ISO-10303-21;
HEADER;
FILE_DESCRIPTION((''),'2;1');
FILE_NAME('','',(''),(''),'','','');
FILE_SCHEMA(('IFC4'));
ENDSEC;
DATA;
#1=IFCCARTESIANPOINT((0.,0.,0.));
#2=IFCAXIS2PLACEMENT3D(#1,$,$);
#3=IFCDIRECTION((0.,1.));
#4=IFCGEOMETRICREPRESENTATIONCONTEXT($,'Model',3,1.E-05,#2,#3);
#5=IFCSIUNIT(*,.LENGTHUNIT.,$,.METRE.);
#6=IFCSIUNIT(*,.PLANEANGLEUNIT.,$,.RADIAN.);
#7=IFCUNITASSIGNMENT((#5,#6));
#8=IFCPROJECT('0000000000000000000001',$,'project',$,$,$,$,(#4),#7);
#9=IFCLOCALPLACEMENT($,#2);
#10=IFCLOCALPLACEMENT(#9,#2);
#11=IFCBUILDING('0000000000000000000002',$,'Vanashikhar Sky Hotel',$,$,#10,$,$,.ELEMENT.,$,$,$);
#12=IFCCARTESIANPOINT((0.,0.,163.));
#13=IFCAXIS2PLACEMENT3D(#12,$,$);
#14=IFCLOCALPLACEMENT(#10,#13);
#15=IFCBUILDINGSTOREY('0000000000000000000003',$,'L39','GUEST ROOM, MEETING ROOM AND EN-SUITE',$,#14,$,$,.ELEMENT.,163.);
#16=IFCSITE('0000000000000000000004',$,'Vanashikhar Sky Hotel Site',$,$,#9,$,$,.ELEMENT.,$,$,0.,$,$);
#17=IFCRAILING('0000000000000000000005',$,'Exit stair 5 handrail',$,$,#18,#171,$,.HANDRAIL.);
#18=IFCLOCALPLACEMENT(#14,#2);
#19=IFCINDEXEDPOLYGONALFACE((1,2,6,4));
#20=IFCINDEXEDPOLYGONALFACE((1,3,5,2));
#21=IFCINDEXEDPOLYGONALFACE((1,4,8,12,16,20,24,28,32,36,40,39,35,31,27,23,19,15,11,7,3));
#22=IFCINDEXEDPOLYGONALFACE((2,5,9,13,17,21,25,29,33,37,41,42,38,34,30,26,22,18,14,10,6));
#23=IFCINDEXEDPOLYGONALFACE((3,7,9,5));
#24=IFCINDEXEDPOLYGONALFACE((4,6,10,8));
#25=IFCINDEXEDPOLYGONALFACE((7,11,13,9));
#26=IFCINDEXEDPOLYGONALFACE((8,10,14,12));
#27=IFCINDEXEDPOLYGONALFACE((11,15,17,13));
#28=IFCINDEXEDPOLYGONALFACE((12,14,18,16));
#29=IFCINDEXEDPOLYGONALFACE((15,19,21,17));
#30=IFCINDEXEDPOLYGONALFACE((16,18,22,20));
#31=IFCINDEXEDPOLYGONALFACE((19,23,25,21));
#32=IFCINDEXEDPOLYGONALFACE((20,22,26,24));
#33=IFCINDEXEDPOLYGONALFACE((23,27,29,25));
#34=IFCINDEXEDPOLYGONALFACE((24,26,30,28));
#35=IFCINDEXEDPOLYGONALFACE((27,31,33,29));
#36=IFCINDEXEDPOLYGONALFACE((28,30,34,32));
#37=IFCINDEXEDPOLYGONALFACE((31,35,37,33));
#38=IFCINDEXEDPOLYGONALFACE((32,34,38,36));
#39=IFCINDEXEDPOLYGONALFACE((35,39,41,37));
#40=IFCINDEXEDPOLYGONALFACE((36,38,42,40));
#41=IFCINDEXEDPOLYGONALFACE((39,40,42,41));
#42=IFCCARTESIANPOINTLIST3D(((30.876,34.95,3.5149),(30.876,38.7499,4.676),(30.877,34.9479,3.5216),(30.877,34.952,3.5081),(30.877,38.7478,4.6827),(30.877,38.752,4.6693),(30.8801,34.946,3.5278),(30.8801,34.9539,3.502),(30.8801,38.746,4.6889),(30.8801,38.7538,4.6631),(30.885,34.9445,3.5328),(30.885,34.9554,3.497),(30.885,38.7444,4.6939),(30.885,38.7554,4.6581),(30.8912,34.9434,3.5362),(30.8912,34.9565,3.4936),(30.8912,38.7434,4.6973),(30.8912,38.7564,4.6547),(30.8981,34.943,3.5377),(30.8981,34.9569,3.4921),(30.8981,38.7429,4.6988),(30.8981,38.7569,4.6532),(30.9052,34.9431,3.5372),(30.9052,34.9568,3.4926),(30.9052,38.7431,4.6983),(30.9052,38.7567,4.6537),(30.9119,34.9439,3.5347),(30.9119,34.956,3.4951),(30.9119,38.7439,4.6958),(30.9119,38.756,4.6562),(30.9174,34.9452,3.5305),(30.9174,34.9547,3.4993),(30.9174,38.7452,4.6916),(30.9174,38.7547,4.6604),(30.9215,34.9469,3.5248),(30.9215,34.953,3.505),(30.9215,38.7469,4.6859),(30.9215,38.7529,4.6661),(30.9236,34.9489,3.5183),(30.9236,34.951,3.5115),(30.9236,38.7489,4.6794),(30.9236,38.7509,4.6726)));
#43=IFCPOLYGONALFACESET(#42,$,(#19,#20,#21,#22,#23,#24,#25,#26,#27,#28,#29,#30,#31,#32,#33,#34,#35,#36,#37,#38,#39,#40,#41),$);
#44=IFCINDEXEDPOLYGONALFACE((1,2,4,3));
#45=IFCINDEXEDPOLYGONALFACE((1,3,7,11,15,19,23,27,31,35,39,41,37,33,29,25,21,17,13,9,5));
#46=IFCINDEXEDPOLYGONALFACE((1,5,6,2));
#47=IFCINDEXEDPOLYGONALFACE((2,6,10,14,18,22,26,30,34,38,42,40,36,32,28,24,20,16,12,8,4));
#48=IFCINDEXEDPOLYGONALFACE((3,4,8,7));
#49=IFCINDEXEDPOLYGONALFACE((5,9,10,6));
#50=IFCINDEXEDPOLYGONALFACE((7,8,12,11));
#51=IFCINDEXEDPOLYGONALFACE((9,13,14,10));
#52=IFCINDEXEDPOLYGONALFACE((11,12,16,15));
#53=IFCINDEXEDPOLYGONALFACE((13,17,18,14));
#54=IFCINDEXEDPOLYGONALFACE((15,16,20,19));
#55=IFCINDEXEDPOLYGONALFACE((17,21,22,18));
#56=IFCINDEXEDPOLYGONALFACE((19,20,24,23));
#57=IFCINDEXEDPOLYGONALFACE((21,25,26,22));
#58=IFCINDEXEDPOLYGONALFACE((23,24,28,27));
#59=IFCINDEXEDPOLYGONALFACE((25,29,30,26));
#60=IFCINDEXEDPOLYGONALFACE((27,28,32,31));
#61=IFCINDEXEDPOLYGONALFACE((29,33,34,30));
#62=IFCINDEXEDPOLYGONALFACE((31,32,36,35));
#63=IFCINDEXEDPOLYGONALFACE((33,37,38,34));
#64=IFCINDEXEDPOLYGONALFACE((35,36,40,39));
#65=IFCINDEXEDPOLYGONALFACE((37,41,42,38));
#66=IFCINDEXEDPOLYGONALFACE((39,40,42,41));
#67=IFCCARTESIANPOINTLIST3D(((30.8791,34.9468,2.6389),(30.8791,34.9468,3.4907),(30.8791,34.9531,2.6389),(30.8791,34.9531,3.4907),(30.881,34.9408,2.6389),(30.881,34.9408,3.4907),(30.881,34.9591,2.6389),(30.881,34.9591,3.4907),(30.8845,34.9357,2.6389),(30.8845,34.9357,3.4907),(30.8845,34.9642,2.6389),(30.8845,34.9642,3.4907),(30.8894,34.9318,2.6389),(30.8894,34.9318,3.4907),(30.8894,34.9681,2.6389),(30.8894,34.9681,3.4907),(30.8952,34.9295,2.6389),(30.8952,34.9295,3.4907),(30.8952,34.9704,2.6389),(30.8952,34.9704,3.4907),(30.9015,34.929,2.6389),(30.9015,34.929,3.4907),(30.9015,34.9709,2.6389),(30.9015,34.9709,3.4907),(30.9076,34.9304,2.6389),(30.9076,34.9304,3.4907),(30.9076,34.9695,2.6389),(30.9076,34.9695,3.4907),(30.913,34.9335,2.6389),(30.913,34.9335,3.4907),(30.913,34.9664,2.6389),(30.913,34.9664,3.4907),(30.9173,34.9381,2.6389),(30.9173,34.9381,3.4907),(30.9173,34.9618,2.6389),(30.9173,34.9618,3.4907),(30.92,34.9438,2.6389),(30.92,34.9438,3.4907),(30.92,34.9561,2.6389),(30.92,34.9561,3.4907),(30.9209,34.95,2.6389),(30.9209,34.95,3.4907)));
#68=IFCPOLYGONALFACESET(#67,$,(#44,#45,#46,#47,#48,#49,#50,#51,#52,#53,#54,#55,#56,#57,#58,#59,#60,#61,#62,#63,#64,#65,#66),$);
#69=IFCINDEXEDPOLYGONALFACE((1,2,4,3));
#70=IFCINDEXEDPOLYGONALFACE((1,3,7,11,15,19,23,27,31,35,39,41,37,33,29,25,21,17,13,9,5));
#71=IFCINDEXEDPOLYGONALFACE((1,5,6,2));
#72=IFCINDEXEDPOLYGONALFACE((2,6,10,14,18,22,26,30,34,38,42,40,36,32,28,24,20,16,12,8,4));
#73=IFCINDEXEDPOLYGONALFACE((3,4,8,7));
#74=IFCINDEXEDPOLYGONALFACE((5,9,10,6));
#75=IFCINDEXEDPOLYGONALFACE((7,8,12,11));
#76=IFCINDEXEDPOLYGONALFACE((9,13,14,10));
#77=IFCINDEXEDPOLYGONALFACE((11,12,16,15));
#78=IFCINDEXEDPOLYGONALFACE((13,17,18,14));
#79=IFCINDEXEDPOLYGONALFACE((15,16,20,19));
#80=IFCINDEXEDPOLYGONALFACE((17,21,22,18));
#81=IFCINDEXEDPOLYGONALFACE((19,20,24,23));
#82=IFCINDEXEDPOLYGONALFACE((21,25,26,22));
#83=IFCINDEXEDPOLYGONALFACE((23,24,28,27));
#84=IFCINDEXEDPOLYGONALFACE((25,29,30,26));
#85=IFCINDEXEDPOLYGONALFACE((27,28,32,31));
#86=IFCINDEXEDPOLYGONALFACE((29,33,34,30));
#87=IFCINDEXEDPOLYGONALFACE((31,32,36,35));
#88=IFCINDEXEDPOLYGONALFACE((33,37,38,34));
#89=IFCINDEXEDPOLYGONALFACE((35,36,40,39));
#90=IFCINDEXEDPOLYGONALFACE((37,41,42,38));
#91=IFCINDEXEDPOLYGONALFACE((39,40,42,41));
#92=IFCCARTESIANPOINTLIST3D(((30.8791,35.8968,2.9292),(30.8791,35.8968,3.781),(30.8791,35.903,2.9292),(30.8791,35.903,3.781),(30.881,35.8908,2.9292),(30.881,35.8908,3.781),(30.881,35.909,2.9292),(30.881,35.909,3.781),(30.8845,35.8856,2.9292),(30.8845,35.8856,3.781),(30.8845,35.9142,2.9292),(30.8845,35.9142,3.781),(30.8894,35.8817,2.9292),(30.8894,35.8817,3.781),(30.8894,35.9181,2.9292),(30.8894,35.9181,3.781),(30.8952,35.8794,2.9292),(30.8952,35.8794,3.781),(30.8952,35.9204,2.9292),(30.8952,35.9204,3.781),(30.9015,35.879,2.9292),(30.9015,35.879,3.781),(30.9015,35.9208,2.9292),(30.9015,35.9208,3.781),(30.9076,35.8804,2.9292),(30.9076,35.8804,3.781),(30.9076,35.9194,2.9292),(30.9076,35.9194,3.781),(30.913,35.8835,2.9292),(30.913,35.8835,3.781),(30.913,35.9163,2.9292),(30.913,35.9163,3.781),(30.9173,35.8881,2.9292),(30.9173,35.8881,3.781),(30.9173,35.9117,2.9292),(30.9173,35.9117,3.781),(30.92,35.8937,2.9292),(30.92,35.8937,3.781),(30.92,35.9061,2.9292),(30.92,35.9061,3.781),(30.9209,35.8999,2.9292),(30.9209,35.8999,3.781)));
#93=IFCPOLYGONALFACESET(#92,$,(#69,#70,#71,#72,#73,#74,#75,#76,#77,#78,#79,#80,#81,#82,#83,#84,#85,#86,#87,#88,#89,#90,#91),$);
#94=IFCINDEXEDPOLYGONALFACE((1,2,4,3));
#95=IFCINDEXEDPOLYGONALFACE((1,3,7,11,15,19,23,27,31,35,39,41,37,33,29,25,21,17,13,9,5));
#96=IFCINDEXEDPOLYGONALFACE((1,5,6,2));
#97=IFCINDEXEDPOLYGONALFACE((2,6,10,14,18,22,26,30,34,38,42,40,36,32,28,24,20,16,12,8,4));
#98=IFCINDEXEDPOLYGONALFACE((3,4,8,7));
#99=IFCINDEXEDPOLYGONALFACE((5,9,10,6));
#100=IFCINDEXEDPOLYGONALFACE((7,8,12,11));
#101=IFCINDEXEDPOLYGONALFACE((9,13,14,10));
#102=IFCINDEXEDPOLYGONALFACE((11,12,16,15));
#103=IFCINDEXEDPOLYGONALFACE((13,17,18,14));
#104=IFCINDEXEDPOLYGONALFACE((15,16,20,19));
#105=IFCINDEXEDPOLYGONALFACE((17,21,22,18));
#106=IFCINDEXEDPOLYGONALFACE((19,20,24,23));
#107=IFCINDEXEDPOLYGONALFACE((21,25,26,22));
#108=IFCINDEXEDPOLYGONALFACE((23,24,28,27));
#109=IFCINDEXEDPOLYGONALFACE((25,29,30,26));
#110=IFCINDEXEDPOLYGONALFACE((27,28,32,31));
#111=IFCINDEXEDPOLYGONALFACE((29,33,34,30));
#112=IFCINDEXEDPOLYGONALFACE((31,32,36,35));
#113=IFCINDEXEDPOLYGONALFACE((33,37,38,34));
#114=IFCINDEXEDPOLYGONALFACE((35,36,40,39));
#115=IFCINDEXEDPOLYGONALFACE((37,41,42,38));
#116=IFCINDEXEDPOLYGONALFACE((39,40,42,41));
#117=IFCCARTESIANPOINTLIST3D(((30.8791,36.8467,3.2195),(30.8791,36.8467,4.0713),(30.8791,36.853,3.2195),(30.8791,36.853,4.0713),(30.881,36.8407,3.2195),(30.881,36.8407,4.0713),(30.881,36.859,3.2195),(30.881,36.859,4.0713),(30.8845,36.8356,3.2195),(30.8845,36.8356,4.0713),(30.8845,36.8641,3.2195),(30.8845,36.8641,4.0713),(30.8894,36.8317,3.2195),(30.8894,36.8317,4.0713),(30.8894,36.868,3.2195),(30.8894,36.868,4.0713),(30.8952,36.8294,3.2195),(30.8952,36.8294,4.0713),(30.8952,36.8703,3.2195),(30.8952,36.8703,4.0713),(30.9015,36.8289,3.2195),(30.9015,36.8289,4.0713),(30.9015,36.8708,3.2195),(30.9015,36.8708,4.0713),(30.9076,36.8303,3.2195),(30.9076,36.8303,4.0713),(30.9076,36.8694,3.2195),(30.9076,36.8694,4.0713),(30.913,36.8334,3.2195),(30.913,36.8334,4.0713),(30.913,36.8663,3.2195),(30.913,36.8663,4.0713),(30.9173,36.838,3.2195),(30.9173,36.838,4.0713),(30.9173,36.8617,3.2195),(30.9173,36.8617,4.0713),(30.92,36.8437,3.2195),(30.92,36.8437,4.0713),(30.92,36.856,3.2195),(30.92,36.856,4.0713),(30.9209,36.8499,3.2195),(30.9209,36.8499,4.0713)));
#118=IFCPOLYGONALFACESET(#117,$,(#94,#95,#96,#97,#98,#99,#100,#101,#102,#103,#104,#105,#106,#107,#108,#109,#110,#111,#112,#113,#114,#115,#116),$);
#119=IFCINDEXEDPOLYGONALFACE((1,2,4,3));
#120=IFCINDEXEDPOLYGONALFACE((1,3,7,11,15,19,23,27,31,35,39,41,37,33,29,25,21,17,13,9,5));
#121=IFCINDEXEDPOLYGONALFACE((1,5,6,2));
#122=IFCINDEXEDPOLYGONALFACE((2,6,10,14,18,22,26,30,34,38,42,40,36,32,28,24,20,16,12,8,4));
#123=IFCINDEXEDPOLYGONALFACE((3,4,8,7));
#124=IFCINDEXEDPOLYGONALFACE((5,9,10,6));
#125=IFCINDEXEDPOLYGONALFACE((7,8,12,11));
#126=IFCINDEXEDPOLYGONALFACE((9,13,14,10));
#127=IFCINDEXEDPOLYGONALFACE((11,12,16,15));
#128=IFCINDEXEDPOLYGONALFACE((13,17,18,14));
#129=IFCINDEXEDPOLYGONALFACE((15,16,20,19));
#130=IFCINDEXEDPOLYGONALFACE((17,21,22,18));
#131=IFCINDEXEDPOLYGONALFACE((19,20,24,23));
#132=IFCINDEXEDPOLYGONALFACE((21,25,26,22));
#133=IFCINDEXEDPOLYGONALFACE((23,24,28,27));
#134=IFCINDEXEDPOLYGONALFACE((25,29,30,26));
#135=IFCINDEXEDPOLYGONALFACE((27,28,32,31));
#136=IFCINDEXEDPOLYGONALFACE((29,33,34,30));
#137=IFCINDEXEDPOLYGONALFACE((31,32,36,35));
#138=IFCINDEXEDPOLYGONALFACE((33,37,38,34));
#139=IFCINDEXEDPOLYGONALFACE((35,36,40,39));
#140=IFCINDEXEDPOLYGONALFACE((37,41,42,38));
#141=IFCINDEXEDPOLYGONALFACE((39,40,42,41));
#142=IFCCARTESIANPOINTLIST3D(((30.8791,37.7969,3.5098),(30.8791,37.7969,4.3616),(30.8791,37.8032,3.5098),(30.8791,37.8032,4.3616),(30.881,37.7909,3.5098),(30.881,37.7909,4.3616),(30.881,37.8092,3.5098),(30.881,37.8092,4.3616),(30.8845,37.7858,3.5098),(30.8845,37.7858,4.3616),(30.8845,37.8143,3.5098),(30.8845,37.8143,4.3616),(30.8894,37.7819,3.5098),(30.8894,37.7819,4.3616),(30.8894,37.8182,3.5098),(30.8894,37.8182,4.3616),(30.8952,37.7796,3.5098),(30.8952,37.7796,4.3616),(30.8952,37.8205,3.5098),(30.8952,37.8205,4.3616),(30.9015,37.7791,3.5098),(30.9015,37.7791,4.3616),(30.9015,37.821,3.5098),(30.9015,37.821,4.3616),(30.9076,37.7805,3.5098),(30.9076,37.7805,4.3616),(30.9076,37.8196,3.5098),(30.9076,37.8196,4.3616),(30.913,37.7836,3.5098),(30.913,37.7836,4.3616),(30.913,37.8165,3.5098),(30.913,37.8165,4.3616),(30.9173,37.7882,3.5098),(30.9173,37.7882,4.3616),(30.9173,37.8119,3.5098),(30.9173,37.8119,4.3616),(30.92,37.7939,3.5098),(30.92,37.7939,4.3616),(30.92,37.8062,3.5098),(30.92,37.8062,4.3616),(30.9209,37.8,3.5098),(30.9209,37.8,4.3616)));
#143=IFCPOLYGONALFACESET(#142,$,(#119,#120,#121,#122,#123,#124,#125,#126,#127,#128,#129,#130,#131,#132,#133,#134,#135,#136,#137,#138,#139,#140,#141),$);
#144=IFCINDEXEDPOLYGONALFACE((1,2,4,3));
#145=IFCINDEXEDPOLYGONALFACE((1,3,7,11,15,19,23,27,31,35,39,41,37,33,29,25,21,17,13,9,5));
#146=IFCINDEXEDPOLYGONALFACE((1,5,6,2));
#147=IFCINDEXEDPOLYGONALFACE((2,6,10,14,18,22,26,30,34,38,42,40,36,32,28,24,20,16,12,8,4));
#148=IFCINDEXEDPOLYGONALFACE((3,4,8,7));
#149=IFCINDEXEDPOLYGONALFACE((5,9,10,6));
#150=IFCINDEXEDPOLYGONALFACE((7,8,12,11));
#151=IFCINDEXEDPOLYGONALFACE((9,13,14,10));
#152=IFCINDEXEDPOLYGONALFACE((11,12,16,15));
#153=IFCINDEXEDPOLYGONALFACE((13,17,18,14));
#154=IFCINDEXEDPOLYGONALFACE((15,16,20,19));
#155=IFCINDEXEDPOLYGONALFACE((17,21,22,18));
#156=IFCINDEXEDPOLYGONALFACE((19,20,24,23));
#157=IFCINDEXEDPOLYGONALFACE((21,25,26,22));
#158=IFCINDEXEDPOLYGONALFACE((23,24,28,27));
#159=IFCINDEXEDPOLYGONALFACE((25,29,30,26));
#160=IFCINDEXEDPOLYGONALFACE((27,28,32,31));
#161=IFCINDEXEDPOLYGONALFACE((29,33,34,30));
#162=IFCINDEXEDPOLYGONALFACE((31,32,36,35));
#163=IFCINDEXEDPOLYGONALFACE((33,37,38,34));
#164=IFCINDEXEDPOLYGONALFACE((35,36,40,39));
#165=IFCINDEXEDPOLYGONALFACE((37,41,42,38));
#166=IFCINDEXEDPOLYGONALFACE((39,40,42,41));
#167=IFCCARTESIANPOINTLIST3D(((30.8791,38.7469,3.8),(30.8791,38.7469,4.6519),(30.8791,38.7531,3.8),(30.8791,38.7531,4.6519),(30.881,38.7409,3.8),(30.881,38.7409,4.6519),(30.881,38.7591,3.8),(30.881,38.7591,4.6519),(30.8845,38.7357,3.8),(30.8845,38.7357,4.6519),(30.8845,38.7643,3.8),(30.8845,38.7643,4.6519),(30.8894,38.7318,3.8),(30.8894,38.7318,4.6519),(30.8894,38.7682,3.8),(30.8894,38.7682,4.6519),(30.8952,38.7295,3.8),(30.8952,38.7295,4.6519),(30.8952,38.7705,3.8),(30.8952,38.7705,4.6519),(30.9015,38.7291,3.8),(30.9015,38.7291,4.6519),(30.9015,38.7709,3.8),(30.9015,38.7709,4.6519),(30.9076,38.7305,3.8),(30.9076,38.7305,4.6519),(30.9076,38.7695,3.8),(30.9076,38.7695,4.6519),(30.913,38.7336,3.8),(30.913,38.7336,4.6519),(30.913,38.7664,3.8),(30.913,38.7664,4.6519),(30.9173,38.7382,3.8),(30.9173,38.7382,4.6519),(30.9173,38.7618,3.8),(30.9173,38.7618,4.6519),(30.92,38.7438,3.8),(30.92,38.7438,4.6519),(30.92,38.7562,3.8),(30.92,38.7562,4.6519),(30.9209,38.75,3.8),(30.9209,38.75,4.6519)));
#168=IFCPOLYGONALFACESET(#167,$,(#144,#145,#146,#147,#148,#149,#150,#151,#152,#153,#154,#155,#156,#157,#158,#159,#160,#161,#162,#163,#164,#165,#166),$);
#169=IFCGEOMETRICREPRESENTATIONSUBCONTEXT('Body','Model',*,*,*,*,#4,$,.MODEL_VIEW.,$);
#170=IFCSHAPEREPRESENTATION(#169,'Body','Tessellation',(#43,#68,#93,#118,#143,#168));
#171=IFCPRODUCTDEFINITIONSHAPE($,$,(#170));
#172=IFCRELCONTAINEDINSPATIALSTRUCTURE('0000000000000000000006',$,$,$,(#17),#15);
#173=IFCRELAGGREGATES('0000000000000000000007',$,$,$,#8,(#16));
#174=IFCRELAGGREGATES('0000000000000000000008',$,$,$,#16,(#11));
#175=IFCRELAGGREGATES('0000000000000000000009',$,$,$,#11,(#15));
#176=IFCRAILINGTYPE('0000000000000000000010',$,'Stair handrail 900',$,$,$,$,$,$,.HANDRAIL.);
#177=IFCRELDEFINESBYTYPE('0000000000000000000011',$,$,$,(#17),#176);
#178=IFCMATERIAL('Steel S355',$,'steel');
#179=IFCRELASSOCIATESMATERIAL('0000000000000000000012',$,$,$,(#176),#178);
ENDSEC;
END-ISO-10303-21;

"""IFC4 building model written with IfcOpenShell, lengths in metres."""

from ifc_helpers import new_model, si_unit, direction, frame, origin, origin_2d, place, context, subcontext, project, spatial, circle, extrude, source, transform, mapped, material, type_object, element, save


model = new_model("IFC4")

# Units and contexts
model_context = context("Model", 3, precision=1e-05, world=origin(), true_north=direction((0.0, 1.0)))
body_context = subcontext(model_context, "Body", "Model", "MODEL_VIEW")
ifc_project = project(units=[si_unit("LENGTHUNIT", "METRE"), si_unit("PLANEANGLEUNIT", "RADIAN")], contexts=[model_context])

# Site, building, storey
site_placement = place(None, origin())
site = spatial("IfcSite", under=ifc_project, at=site_placement, Name="Vanashikhar Sky Hotel Site", CompositionType="ELEMENT", RefElevation=0.0)
building_placement = place(site_placement, origin())
building = spatial("IfcBuilding", under=site, at=building_placement, Name="Vanashikhar Sky Hotel", CompositionType="ELEMENT")
storey_placement = place(building_placement, frame((0.0, 0.0, 163.0)))
storey = spatial("IfcBuildingStorey", under=building, at=storey_placement, Name="L39", Description="GUEST ROOM, MEETING ROOM AND EN-SUITE", CompositionType="ELEMENT", Elevation=163.0)

# Railing
ifc_material_1 = material(Name="Steel S355", Category="steel")
railing_type = type_object("IfcRailingType", Name="Stair handrail 900", PredefinedType="HANDRAIL", material=ifc_material_1)
shared_shape_1 = source(origin(), body_context, "Body", "SweptSolid", [
    extrude(circle(Radius=0.0239, at=origin_2d()), frame((0.0, 0.0, 0.876), z_axis=(0.0, 0.956351, 0.29222), x_axis=(-1.0, 0.0, 0.0)), (0.0, 0.0, 1.0), 3.9734),
    extrude(circle(Radius=0.021, at=origin_2d()), origin(), (0.0, 0.0, 1.0), 0.8518),
    extrude(circle(Radius=0.021, at=origin_2d()), frame((0.0, 0.95, 0.2903)), (0.0, 0.0, 1.0), 0.8518),
    extrude(circle(Radius=0.021, at=origin_2d()), frame((0.0, 1.8999, 0.5806)), (0.0, 0.0, 1.0), 0.8518),
    extrude(circle(Radius=0.021, at=origin_2d()), frame((0.0, 2.8501, 0.8708)), (0.0, 0.0, 1.0), 0.8518),
    extrude(circle(Radius=0.021, at=origin_2d()), frame((0.0, 3.8, 1.1611)), (0.0, 0.0, 1.0), 0.8518),
])
for number, where, name in (
    (1, (30.8999, 34.95, 2.6389), "Exit stair 5 handrail"),
):
    element("IfcRailing", number, at=place(storey_placement, frame(where)), inside=storey, type_object=railing_type, Name=name, PredefinedType="HANDRAIL", context=body_context, shape_type="MappedRepresentation", body=[
        mapped(shared_shape_1, transform((0.0, 0.0, 0.0), scale=1.0)),
    ])

save(model, "model.ifc")
